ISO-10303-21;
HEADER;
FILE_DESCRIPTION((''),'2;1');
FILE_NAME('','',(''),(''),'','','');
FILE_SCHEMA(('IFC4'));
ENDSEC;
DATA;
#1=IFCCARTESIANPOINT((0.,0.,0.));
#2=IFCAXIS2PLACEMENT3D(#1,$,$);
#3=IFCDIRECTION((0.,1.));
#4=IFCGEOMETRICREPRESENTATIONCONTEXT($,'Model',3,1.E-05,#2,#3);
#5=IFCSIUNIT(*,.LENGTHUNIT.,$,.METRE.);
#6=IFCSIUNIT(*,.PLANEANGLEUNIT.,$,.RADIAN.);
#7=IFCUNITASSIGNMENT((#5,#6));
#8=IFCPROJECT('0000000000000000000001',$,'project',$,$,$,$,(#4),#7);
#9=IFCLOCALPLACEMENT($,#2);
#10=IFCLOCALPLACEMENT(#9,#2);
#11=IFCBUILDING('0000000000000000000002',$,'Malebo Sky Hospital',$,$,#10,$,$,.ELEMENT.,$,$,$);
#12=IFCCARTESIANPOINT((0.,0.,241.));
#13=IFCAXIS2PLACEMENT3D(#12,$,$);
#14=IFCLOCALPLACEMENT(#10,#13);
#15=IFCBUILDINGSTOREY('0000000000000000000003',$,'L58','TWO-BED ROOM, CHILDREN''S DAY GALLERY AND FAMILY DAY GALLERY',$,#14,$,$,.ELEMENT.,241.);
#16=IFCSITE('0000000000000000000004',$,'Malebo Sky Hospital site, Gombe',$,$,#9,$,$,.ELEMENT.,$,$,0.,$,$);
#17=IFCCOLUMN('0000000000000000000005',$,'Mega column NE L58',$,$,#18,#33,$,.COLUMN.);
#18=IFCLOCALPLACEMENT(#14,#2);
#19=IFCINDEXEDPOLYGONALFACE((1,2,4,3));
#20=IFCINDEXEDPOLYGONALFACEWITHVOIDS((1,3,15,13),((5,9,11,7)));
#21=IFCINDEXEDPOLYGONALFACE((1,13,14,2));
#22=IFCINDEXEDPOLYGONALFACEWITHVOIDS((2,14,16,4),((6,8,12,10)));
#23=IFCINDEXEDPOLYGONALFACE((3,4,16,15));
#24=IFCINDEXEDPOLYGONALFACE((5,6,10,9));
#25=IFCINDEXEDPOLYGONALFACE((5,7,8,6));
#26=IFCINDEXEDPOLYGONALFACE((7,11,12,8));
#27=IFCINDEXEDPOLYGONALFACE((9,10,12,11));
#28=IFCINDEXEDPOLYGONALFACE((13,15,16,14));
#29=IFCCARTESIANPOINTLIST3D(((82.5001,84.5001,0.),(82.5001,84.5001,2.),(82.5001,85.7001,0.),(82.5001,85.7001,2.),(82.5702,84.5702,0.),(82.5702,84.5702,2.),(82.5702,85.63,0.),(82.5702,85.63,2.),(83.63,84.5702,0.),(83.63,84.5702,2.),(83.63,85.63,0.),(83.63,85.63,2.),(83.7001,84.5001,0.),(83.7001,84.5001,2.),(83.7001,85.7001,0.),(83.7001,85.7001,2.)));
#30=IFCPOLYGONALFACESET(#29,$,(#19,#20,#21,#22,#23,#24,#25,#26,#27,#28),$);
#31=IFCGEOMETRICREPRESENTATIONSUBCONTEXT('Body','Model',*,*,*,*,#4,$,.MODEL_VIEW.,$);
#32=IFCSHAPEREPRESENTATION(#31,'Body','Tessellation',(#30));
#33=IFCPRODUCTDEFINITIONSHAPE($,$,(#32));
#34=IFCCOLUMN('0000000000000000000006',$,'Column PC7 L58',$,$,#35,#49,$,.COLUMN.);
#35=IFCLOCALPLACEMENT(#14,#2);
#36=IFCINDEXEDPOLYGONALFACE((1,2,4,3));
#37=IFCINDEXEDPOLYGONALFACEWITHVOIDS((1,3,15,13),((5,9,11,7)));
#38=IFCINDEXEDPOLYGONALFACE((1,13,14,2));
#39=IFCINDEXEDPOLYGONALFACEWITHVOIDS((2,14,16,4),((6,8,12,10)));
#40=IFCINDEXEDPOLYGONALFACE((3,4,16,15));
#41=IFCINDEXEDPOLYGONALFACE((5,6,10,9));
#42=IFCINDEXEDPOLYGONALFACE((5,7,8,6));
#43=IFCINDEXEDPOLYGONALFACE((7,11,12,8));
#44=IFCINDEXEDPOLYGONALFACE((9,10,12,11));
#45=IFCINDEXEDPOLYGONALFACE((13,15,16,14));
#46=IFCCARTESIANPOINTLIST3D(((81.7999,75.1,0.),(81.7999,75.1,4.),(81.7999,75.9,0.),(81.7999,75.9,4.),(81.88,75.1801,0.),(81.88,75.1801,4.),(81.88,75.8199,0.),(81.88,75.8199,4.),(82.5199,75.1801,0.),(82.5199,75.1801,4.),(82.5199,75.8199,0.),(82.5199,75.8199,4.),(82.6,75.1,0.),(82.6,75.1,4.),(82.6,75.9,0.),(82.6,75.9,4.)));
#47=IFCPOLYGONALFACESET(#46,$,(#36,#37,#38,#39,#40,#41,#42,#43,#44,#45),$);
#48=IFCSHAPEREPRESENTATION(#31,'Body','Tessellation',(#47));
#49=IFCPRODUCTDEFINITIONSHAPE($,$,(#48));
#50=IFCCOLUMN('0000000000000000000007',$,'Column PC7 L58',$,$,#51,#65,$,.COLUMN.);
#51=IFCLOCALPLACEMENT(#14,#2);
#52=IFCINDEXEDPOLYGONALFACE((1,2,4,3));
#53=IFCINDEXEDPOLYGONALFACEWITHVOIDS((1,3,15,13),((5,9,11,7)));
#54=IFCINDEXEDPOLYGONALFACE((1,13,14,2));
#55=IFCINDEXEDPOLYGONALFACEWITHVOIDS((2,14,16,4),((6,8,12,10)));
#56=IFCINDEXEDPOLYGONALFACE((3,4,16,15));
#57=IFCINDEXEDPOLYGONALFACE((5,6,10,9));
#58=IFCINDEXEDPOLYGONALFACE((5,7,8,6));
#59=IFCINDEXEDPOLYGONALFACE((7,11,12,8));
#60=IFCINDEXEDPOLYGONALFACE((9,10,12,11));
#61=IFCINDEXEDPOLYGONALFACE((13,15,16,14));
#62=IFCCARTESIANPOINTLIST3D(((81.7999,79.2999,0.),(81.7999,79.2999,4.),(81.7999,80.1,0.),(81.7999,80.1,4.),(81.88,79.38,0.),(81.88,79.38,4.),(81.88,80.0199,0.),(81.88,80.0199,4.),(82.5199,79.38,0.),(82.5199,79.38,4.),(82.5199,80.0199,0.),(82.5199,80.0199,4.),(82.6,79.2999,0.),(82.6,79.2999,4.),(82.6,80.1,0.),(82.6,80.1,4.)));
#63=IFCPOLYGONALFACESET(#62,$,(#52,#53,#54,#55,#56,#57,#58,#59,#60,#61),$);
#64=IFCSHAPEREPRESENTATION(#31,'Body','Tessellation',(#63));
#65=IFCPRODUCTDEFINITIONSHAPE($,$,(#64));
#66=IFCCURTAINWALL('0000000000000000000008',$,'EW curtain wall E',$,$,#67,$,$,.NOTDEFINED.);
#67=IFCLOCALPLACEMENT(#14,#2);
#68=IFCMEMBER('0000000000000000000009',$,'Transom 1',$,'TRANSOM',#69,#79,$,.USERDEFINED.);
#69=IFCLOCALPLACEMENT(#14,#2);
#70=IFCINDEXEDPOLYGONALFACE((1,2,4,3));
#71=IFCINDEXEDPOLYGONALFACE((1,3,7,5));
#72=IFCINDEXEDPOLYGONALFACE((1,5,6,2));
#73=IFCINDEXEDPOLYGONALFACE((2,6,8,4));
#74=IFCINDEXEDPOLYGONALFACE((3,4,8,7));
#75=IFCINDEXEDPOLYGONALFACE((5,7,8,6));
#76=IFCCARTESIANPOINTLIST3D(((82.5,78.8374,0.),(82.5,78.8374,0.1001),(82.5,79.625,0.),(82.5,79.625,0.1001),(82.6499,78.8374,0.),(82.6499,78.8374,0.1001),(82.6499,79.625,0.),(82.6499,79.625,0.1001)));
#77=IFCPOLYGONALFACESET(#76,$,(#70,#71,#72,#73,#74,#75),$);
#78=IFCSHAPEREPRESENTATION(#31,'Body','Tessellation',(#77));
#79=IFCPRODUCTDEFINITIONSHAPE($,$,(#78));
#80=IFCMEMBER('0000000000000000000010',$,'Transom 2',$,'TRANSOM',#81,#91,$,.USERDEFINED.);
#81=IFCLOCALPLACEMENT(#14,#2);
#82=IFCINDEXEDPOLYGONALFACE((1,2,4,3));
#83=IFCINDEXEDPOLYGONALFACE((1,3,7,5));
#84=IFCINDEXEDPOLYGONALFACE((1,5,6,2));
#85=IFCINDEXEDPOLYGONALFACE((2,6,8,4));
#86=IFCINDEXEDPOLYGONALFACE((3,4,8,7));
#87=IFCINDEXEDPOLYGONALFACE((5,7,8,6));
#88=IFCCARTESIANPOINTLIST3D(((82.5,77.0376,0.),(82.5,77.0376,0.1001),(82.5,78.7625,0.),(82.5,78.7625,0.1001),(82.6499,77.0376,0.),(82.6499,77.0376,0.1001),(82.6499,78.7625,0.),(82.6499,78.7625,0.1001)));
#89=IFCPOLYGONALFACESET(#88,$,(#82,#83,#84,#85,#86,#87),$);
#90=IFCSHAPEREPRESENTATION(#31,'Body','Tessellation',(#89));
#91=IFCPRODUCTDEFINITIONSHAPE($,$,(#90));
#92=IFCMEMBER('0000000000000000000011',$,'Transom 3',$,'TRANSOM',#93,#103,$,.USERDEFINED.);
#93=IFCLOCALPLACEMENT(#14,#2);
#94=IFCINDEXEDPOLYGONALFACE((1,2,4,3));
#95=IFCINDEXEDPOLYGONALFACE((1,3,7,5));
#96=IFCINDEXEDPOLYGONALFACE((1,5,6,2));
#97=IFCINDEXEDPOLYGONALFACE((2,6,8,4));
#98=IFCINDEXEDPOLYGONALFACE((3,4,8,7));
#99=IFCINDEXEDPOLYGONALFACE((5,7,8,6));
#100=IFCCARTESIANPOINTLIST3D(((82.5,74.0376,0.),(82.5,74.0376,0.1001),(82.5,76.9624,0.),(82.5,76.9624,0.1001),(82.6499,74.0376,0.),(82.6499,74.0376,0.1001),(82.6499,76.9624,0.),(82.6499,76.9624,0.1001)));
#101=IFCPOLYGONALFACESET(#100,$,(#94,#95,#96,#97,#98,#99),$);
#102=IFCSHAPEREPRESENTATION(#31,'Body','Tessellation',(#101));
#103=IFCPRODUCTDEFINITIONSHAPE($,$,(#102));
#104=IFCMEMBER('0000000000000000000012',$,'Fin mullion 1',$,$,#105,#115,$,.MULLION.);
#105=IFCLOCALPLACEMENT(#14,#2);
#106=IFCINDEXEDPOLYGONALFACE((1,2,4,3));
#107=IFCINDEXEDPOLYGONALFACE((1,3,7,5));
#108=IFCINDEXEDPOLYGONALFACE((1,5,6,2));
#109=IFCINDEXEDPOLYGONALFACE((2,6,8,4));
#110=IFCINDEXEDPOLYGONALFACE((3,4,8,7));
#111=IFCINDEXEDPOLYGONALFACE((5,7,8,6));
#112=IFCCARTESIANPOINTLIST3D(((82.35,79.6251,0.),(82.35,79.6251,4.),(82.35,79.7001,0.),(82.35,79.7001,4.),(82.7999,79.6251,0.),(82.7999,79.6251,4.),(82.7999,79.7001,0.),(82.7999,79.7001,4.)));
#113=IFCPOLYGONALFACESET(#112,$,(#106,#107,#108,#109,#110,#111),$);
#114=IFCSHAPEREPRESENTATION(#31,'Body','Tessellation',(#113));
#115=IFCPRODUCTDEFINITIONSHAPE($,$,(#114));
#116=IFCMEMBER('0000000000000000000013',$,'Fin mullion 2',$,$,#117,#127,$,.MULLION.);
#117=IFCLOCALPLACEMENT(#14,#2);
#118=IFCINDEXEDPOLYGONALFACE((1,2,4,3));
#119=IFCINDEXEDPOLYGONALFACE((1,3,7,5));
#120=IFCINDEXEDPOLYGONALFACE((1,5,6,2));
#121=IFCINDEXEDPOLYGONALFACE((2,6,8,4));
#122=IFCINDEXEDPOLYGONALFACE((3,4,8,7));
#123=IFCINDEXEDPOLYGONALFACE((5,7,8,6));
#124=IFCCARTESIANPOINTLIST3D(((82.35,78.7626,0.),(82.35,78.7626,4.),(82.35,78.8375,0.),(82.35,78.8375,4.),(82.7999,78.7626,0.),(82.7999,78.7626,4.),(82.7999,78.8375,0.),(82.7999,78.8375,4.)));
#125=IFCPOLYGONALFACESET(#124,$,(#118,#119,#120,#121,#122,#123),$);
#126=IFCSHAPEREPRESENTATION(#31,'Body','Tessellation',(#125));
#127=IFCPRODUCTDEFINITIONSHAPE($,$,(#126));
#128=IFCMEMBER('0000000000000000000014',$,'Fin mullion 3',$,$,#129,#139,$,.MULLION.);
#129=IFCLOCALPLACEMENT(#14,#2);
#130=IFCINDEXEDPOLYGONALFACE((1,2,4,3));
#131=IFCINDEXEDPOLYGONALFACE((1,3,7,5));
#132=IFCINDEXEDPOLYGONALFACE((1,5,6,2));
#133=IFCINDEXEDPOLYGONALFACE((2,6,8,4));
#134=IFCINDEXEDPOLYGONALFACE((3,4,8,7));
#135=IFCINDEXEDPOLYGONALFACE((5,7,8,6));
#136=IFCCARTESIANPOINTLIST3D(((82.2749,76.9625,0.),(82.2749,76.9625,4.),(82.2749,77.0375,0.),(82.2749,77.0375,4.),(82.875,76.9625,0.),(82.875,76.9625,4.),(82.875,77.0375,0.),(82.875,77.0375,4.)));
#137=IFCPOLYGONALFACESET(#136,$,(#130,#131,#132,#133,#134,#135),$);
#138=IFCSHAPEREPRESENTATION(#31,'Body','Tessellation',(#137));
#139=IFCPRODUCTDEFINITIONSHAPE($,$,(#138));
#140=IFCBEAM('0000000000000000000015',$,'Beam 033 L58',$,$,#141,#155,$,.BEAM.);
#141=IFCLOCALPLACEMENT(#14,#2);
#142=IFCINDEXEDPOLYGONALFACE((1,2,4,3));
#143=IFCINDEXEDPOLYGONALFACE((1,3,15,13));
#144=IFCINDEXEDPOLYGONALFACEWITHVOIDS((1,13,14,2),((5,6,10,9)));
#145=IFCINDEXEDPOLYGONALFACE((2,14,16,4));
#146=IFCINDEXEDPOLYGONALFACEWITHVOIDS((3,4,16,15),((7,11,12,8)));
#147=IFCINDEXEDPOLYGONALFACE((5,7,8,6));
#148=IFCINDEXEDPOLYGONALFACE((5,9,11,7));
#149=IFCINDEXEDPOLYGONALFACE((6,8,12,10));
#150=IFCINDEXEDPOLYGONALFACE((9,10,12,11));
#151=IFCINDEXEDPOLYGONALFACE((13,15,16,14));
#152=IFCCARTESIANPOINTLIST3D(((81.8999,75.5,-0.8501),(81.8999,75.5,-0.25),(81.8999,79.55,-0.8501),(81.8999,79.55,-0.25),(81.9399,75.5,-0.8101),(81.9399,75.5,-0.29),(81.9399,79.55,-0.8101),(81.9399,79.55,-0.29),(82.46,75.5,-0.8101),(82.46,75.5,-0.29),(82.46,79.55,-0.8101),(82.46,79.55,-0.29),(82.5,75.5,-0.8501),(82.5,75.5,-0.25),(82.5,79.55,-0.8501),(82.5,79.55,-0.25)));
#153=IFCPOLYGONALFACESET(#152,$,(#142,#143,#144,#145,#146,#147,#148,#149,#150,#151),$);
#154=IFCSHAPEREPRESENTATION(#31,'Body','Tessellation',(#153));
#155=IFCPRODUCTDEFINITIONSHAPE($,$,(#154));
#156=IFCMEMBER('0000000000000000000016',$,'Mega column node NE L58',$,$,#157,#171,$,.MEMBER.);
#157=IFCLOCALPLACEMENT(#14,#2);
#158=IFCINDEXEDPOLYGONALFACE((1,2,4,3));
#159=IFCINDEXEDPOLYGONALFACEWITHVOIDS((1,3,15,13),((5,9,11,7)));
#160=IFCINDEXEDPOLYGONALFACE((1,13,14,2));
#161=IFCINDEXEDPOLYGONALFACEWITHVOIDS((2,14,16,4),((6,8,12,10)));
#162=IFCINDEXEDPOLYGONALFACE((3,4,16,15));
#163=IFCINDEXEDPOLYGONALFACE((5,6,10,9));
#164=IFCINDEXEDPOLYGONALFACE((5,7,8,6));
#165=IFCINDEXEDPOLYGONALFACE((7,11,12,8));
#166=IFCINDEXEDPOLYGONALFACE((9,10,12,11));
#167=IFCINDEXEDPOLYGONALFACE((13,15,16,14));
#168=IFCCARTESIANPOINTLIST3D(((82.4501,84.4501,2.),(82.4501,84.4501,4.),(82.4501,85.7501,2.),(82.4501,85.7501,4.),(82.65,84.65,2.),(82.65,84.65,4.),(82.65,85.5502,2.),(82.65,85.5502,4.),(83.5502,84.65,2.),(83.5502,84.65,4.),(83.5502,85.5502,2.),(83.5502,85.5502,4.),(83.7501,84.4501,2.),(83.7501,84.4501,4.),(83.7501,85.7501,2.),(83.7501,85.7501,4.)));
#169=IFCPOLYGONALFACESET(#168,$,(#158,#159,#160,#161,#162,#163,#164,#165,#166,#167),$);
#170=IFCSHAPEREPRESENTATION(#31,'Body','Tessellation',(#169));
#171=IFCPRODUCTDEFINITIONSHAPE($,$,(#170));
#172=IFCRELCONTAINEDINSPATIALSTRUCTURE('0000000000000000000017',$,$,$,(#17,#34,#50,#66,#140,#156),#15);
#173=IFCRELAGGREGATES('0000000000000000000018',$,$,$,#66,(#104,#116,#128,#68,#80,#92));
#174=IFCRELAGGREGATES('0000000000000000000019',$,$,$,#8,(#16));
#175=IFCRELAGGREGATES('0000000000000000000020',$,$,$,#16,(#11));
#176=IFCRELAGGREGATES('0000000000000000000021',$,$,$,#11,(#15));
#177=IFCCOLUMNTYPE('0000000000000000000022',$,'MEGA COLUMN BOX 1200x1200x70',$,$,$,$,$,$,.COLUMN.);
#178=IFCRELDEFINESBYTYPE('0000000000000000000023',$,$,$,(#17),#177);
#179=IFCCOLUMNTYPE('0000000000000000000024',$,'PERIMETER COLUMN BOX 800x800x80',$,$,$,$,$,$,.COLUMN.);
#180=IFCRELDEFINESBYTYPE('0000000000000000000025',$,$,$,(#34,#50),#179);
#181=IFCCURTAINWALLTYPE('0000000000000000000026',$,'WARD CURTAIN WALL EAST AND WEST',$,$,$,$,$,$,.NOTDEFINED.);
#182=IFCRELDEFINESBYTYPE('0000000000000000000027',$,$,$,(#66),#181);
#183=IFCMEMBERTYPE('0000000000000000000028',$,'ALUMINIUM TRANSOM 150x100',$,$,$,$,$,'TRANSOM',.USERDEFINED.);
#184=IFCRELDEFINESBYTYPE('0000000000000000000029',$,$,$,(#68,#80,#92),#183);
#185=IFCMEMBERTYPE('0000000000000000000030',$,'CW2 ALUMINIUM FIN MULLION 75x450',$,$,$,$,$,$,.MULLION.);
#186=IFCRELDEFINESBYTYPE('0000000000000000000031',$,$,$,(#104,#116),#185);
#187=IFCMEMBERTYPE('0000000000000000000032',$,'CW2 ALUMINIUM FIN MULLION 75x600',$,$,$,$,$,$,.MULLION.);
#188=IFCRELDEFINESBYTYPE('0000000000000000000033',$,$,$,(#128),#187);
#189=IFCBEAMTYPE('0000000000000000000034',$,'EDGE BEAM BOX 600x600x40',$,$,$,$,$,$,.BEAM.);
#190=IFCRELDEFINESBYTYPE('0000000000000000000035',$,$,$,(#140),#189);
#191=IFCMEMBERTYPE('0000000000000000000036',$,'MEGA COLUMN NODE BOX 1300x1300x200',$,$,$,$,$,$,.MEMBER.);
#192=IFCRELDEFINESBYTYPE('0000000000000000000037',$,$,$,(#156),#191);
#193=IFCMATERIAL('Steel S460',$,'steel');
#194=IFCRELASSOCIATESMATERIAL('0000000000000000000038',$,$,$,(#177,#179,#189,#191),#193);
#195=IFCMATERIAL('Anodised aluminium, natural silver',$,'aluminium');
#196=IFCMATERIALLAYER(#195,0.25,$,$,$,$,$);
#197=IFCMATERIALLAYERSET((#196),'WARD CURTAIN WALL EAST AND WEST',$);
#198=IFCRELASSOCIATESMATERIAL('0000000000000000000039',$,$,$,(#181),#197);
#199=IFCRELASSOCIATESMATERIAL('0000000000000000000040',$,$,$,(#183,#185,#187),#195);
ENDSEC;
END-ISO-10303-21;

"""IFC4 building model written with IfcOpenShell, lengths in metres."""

from ifc_helpers import new_model, si_unit, direction, frame, origin, origin_2d, place, context, subcontext, project, spatial, rectangle, hollow_rectangle, extrude, material, layer, layer_set, material_profile, profile_set, type_object, element, aggregate, save


model = new_model("IFC4")

# Units and contexts
model_context = context("Model", 3, precision=1e-05, world=origin(), true_north=direction((0.0, 1.0)))
body_context = subcontext(model_context, "Body", "Model", "MODEL_VIEW")
ifc_project = project(units=[si_unit("LENGTHUNIT", "METRE"), si_unit("PLANEANGLEUNIT", "RADIAN")], contexts=[model_context])

# Site, building, storey
site_placement = place(None, origin())
site = spatial("IfcSite", under=ifc_project, at=site_placement, Name="Malebo Sky Hospital site, Gombe", CompositionType="ELEMENT", RefElevation=0.0)
building_placement = place(site_placement, origin())
building = spatial("IfcBuilding", under=site, at=building_placement, Name="Malebo Sky Hospital", CompositionType="ELEMENT")
storey_placement = place(building_placement, frame((0.0, 0.0, 241.0)))
storey = spatial("IfcBuildingStorey", under=building, at=storey_placement, Name="L58", Description="TWO-BED ROOM, CHILDREN'S DAY GALLERY AND FAMILY DAY GALLERY", CompositionType="ELEMENT", Elevation=241.0)

# Columns
ifc_material_1 = material(Name="Steel S460", Category="steel")
ifc_material_profile_1 = material_profile(ifc_material_1, hollow_rectangle(XDim=1.2, YDim=1.2, WallThickness=0.0701, at=origin_2d()), Name="BOX 1200x1200x70")
ifc_profile_set_1 = profile_set([ifc_material_profile_1], Name="Steel S460")
column_type_1 = type_object("IfcColumnType", Name="MEGA COLUMN BOX 1200x1200x70", PredefinedType="COLUMN", material=ifc_profile_set_1)
column_placement = place(storey_placement, frame((83.1001, 85.1001, 0.0), z_axis=(0.0, 0.0, 1.0), x_axis=(1.0, 0.0, 0.0)))
element("IfcColumn", 1, at=column_placement, inside=storey, type_object=column_type_1, Name="Mega column NE L58", PredefinedType="COLUMN", context=body_context, shape_type="SweptSolid", body=[
    extrude(hollow_rectangle(XDim=1.2, YDim=1.2, WallThickness=0.0701, at=origin_2d()), origin(), (0.0, 0.0, 1.0), 2.0),
])
ifc_material_profile_2 = material_profile(ifc_material_1, hollow_rectangle(XDim=0.8, YDim=0.8, WallThickness=0.0801, at=origin_2d()), Name="BOX 800x800x80")
ifc_profile_set_2 = profile_set([ifc_material_profile_2], Name="Steel S460")
column_type_2 = type_object("IfcColumnType", Name="PERIMETER COLUMN BOX 800x800x80", PredefinedType="COLUMN", material=ifc_profile_set_2)
for number, where, z_axis, x_axis, name in (
    (2, (82.2, 75.5, 0.0), (0.0, 0.0, 1.0), (1.0, 0.0, 0.0), "Column PC7 L58"),
    (3, (82.2, 79.7, 0.0), (0.0, 0.0, 1.0), (1.0, 0.0, 0.0), "Column PC7 L58"),
):
    element("IfcColumn", number, at=place(storey_placement, frame(where, z_axis=z_axis, x_axis=x_axis)), inside=storey, type_object=column_type_2, Name=name, PredefinedType="COLUMN", context=body_context, shape_type="SweptSolid", body=[
        extrude(hollow_rectangle(XDim=0.8, YDim=0.8, WallThickness=0.0801, at=origin_2d()), origin(), (0.0, 0.0, 1.0), 4.0),
    ])

# Curtain wall, members
ifc_material_2 = material(Name="Anodised aluminium, natural silver", Category="aluminium")
ifc_layer_1 = layer(ifc_material_2, 0.25)
ifc_layer_set_1 = layer_set([ifc_layer_1], Name="WARD CURTAIN WALL EAST AND WEST")
curtain_wall_type = type_object("IfcCurtainWallType", Name="WARD CURTAIN WALL EAST AND WEST", PredefinedType="NOTDEFINED", material=ifc_layer_set_1)
curtain_wall_placement = place(storey_placement, origin())
curtain_wall = element("IfcCurtainWall", 4, at=curtain_wall_placement, inside=storey, type_object=curtain_wall_type, Name="EW curtain wall E", PredefinedType="NOTDEFINED")
ifc_material_profile_3 = material_profile(ifc_material_2, rectangle(XDim=0.1499, YDim=0.1001, at=origin_2d()), Name="ALUMINIUM TRANSOM 150x100")
ifc_profile_set_3 = profile_set([ifc_material_profile_3], Name="Anodised aluminium, natural silver")
member_type_1 = type_object("IfcMemberType", Name="ALUMINIUM TRANSOM 150x100", ElementType="TRANSOM", PredefinedType="USERDEFINED", material=ifc_profile_set_3)
member_1_placement = place(storey_placement, frame((82.575, 79.625, 0.05), z_axis=(0.0, -1.0, 0.0), x_axis=(1.0, 0.0, 0.0)))
member_1 = element("IfcMember", 5, at=member_1_placement, type_object=member_type_1, Name="Transom 1", ObjectType="TRANSOM", PredefinedType="USERDEFINED", context=body_context, shape_type="SweptSolid", body=[
    extrude(rectangle(XDim=0.1499, YDim=0.1001, at=origin_2d()), origin(), (0.0, 0.0, 1.0), 0.7876),
])
member_2_placement = place(storey_placement, frame((82.575, 78.7625, 0.05), z_axis=(0.0, -1.0, 0.0), x_axis=(1.0, 0.0, 0.0)))
member_2 = element("IfcMember", 6, at=member_2_placement, type_object=member_type_1, Name="Transom 2", ObjectType="TRANSOM", PredefinedType="USERDEFINED", context=body_context, shape_type="SweptSolid", body=[
    extrude(rectangle(XDim=0.1499, YDim=0.1001, at=origin_2d()), origin(), (0.0, 0.0, 1.0), 1.7249),
])
member_3_placement = place(storey_placement, frame((82.575, 76.9624, 0.05), z_axis=(0.0, -1.0, 0.0), x_axis=(1.0, 0.0, 0.0)))
member_3 = element("IfcMember", 7, at=member_3_placement, type_object=member_type_1, Name="Transom 3", ObjectType="TRANSOM", PredefinedType="USERDEFINED", context=body_context, shape_type="SweptSolid", body=[
    extrude(rectangle(XDim=0.1499, YDim=0.1001, at=origin_2d()), origin(), (0.0, 0.0, 1.0), 2.9248),
])
ifc_material_profile_4 = material_profile(ifc_material_2, rectangle(XDim=0.075, YDim=0.45, at=origin_2d()), Name="CW2 ALUMINIUM FIN MULLION 75x450")
ifc_profile_set_4 = profile_set([ifc_material_profile_4], Name="Anodised aluminium, natural silver")
member_type_2 = type_object("IfcMemberType", Name="CW2 ALUMINIUM FIN MULLION 75x450", PredefinedType="MULLION", material=ifc_profile_set_4)
member_4_placement = place(storey_placement, frame((82.575, 79.6626, 0.0), z_axis=(0.0, 0.0, 1.0), x_axis=(0.0, -1.0, 0.0)))
member_4 = element("IfcMember", 8, at=member_4_placement, type_object=member_type_2, Name="Fin mullion 1", PredefinedType="MULLION", context=body_context, shape_type="SweptSolid", body=[
    extrude(rectangle(XDim=0.075, YDim=0.45, at=origin_2d()), origin(), (0.0, 0.0, 1.0), 4.0),
])
member_5_placement = place(storey_placement, frame((82.575, 78.8, 0.0), z_axis=(0.0, 0.0, 1.0), x_axis=(0.0, -1.0, 0.0)))
member_5 = element("IfcMember", 9, at=member_5_placement, type_object=member_type_2, Name="Fin mullion 2", PredefinedType="MULLION", context=body_context, shape_type="SweptSolid", body=[
    extrude(rectangle(XDim=0.075, YDim=0.45, at=origin_2d()), origin(), (0.0, 0.0, 1.0), 4.0),
])
ifc_material_profile_5 = material_profile(ifc_material_2, rectangle(XDim=0.075, YDim=0.6001, at=origin_2d()), Name="CW2 ALUMINIUM FIN MULLION 75x600")
ifc_profile_set_5 = profile_set([ifc_material_profile_5], Name="Anodised aluminium, natural silver")
member_type_3 = type_object("IfcMemberType", Name="CW2 ALUMINIUM FIN MULLION 75x600", PredefinedType="MULLION", material=ifc_profile_set_5)
member_6_placement = place(storey_placement, frame((82.575, 77.0, 0.0), z_axis=(0.0, 0.0, 1.0), x_axis=(0.0, -1.0, 0.0)))
member_6 = element("IfcMember", 10, at=member_6_placement, type_object=member_type_3, Name="Fin mullion 3", PredefinedType="MULLION", context=body_context, shape_type="SweptSolid", body=[
    extrude(rectangle(XDim=0.075, YDim=0.6001, at=origin_2d()), origin(), (0.0, 0.0, 1.0), 4.0),
])

# Beam
ifc_material_profile_6 = material_profile(ifc_material_1, hollow_rectangle(XDim=0.6001, YDim=0.6001, WallThickness=0.04, at=origin_2d()), Name="BOX 600x600x40")
ifc_profile_set_6 = profile_set([ifc_material_profile_6], Name="Steel S460")
beam_type = type_object("IfcBeamType", Name="EDGE BEAM BOX 600x600x40", PredefinedType="BEAM", material=ifc_profile_set_6)
beam_placement = place(storey_placement, frame((82.2, 75.5, -0.55), z_axis=(0.0, 1.0, 0.0), x_axis=(-1.0, 0.0, 0.0)))
element("IfcBeam", 11, at=beam_placement, inside=storey, type_object=beam_type, Name="Beam 033 L58", PredefinedType="BEAM", context=body_context, shape_type="SweptSolid", body=[
    extrude(hollow_rectangle(XDim=0.6001, YDim=0.6001, WallThickness=0.04, at=origin_2d()), origin(), (0.0, 0.0, 1.0), 4.05),
])

# Member
ifc_material_profile_7 = material_profile(ifc_material_1, hollow_rectangle(XDim=1.3, YDim=1.3, WallThickness=0.2, at=origin_2d()), Name="BOX 1300x1300x200")
ifc_profile_set_7 = profile_set([ifc_material_profile_7], Name="Steel S460")
member_type_4 = type_object("IfcMemberType", Name="MEGA COLUMN NODE BOX 1300x1300x200", PredefinedType="MEMBER", material=ifc_profile_set_7)
member_7_placement = place(storey_placement, frame((83.1001, 85.1001, 2.0), z_axis=(0.0, 0.0, 1.0), x_axis=(1.0, 0.0, 0.0)))
element("IfcMember", 12, at=member_7_placement, inside=storey, type_object=member_type_4, Name="Mega column node NE L58", PredefinedType="MEMBER", context=body_context, shape_type="SweptSolid", body=[
    extrude(hollow_rectangle(XDim=1.3, YDim=1.3, WallThickness=0.2, at=origin_2d()), origin(), (0.0, 0.0, 1.0), 2.0),
])

aggregate(curtain_wall, [member_4, member_5, member_6, member_1, member_2, member_3])

save(model, "model.ifc")
